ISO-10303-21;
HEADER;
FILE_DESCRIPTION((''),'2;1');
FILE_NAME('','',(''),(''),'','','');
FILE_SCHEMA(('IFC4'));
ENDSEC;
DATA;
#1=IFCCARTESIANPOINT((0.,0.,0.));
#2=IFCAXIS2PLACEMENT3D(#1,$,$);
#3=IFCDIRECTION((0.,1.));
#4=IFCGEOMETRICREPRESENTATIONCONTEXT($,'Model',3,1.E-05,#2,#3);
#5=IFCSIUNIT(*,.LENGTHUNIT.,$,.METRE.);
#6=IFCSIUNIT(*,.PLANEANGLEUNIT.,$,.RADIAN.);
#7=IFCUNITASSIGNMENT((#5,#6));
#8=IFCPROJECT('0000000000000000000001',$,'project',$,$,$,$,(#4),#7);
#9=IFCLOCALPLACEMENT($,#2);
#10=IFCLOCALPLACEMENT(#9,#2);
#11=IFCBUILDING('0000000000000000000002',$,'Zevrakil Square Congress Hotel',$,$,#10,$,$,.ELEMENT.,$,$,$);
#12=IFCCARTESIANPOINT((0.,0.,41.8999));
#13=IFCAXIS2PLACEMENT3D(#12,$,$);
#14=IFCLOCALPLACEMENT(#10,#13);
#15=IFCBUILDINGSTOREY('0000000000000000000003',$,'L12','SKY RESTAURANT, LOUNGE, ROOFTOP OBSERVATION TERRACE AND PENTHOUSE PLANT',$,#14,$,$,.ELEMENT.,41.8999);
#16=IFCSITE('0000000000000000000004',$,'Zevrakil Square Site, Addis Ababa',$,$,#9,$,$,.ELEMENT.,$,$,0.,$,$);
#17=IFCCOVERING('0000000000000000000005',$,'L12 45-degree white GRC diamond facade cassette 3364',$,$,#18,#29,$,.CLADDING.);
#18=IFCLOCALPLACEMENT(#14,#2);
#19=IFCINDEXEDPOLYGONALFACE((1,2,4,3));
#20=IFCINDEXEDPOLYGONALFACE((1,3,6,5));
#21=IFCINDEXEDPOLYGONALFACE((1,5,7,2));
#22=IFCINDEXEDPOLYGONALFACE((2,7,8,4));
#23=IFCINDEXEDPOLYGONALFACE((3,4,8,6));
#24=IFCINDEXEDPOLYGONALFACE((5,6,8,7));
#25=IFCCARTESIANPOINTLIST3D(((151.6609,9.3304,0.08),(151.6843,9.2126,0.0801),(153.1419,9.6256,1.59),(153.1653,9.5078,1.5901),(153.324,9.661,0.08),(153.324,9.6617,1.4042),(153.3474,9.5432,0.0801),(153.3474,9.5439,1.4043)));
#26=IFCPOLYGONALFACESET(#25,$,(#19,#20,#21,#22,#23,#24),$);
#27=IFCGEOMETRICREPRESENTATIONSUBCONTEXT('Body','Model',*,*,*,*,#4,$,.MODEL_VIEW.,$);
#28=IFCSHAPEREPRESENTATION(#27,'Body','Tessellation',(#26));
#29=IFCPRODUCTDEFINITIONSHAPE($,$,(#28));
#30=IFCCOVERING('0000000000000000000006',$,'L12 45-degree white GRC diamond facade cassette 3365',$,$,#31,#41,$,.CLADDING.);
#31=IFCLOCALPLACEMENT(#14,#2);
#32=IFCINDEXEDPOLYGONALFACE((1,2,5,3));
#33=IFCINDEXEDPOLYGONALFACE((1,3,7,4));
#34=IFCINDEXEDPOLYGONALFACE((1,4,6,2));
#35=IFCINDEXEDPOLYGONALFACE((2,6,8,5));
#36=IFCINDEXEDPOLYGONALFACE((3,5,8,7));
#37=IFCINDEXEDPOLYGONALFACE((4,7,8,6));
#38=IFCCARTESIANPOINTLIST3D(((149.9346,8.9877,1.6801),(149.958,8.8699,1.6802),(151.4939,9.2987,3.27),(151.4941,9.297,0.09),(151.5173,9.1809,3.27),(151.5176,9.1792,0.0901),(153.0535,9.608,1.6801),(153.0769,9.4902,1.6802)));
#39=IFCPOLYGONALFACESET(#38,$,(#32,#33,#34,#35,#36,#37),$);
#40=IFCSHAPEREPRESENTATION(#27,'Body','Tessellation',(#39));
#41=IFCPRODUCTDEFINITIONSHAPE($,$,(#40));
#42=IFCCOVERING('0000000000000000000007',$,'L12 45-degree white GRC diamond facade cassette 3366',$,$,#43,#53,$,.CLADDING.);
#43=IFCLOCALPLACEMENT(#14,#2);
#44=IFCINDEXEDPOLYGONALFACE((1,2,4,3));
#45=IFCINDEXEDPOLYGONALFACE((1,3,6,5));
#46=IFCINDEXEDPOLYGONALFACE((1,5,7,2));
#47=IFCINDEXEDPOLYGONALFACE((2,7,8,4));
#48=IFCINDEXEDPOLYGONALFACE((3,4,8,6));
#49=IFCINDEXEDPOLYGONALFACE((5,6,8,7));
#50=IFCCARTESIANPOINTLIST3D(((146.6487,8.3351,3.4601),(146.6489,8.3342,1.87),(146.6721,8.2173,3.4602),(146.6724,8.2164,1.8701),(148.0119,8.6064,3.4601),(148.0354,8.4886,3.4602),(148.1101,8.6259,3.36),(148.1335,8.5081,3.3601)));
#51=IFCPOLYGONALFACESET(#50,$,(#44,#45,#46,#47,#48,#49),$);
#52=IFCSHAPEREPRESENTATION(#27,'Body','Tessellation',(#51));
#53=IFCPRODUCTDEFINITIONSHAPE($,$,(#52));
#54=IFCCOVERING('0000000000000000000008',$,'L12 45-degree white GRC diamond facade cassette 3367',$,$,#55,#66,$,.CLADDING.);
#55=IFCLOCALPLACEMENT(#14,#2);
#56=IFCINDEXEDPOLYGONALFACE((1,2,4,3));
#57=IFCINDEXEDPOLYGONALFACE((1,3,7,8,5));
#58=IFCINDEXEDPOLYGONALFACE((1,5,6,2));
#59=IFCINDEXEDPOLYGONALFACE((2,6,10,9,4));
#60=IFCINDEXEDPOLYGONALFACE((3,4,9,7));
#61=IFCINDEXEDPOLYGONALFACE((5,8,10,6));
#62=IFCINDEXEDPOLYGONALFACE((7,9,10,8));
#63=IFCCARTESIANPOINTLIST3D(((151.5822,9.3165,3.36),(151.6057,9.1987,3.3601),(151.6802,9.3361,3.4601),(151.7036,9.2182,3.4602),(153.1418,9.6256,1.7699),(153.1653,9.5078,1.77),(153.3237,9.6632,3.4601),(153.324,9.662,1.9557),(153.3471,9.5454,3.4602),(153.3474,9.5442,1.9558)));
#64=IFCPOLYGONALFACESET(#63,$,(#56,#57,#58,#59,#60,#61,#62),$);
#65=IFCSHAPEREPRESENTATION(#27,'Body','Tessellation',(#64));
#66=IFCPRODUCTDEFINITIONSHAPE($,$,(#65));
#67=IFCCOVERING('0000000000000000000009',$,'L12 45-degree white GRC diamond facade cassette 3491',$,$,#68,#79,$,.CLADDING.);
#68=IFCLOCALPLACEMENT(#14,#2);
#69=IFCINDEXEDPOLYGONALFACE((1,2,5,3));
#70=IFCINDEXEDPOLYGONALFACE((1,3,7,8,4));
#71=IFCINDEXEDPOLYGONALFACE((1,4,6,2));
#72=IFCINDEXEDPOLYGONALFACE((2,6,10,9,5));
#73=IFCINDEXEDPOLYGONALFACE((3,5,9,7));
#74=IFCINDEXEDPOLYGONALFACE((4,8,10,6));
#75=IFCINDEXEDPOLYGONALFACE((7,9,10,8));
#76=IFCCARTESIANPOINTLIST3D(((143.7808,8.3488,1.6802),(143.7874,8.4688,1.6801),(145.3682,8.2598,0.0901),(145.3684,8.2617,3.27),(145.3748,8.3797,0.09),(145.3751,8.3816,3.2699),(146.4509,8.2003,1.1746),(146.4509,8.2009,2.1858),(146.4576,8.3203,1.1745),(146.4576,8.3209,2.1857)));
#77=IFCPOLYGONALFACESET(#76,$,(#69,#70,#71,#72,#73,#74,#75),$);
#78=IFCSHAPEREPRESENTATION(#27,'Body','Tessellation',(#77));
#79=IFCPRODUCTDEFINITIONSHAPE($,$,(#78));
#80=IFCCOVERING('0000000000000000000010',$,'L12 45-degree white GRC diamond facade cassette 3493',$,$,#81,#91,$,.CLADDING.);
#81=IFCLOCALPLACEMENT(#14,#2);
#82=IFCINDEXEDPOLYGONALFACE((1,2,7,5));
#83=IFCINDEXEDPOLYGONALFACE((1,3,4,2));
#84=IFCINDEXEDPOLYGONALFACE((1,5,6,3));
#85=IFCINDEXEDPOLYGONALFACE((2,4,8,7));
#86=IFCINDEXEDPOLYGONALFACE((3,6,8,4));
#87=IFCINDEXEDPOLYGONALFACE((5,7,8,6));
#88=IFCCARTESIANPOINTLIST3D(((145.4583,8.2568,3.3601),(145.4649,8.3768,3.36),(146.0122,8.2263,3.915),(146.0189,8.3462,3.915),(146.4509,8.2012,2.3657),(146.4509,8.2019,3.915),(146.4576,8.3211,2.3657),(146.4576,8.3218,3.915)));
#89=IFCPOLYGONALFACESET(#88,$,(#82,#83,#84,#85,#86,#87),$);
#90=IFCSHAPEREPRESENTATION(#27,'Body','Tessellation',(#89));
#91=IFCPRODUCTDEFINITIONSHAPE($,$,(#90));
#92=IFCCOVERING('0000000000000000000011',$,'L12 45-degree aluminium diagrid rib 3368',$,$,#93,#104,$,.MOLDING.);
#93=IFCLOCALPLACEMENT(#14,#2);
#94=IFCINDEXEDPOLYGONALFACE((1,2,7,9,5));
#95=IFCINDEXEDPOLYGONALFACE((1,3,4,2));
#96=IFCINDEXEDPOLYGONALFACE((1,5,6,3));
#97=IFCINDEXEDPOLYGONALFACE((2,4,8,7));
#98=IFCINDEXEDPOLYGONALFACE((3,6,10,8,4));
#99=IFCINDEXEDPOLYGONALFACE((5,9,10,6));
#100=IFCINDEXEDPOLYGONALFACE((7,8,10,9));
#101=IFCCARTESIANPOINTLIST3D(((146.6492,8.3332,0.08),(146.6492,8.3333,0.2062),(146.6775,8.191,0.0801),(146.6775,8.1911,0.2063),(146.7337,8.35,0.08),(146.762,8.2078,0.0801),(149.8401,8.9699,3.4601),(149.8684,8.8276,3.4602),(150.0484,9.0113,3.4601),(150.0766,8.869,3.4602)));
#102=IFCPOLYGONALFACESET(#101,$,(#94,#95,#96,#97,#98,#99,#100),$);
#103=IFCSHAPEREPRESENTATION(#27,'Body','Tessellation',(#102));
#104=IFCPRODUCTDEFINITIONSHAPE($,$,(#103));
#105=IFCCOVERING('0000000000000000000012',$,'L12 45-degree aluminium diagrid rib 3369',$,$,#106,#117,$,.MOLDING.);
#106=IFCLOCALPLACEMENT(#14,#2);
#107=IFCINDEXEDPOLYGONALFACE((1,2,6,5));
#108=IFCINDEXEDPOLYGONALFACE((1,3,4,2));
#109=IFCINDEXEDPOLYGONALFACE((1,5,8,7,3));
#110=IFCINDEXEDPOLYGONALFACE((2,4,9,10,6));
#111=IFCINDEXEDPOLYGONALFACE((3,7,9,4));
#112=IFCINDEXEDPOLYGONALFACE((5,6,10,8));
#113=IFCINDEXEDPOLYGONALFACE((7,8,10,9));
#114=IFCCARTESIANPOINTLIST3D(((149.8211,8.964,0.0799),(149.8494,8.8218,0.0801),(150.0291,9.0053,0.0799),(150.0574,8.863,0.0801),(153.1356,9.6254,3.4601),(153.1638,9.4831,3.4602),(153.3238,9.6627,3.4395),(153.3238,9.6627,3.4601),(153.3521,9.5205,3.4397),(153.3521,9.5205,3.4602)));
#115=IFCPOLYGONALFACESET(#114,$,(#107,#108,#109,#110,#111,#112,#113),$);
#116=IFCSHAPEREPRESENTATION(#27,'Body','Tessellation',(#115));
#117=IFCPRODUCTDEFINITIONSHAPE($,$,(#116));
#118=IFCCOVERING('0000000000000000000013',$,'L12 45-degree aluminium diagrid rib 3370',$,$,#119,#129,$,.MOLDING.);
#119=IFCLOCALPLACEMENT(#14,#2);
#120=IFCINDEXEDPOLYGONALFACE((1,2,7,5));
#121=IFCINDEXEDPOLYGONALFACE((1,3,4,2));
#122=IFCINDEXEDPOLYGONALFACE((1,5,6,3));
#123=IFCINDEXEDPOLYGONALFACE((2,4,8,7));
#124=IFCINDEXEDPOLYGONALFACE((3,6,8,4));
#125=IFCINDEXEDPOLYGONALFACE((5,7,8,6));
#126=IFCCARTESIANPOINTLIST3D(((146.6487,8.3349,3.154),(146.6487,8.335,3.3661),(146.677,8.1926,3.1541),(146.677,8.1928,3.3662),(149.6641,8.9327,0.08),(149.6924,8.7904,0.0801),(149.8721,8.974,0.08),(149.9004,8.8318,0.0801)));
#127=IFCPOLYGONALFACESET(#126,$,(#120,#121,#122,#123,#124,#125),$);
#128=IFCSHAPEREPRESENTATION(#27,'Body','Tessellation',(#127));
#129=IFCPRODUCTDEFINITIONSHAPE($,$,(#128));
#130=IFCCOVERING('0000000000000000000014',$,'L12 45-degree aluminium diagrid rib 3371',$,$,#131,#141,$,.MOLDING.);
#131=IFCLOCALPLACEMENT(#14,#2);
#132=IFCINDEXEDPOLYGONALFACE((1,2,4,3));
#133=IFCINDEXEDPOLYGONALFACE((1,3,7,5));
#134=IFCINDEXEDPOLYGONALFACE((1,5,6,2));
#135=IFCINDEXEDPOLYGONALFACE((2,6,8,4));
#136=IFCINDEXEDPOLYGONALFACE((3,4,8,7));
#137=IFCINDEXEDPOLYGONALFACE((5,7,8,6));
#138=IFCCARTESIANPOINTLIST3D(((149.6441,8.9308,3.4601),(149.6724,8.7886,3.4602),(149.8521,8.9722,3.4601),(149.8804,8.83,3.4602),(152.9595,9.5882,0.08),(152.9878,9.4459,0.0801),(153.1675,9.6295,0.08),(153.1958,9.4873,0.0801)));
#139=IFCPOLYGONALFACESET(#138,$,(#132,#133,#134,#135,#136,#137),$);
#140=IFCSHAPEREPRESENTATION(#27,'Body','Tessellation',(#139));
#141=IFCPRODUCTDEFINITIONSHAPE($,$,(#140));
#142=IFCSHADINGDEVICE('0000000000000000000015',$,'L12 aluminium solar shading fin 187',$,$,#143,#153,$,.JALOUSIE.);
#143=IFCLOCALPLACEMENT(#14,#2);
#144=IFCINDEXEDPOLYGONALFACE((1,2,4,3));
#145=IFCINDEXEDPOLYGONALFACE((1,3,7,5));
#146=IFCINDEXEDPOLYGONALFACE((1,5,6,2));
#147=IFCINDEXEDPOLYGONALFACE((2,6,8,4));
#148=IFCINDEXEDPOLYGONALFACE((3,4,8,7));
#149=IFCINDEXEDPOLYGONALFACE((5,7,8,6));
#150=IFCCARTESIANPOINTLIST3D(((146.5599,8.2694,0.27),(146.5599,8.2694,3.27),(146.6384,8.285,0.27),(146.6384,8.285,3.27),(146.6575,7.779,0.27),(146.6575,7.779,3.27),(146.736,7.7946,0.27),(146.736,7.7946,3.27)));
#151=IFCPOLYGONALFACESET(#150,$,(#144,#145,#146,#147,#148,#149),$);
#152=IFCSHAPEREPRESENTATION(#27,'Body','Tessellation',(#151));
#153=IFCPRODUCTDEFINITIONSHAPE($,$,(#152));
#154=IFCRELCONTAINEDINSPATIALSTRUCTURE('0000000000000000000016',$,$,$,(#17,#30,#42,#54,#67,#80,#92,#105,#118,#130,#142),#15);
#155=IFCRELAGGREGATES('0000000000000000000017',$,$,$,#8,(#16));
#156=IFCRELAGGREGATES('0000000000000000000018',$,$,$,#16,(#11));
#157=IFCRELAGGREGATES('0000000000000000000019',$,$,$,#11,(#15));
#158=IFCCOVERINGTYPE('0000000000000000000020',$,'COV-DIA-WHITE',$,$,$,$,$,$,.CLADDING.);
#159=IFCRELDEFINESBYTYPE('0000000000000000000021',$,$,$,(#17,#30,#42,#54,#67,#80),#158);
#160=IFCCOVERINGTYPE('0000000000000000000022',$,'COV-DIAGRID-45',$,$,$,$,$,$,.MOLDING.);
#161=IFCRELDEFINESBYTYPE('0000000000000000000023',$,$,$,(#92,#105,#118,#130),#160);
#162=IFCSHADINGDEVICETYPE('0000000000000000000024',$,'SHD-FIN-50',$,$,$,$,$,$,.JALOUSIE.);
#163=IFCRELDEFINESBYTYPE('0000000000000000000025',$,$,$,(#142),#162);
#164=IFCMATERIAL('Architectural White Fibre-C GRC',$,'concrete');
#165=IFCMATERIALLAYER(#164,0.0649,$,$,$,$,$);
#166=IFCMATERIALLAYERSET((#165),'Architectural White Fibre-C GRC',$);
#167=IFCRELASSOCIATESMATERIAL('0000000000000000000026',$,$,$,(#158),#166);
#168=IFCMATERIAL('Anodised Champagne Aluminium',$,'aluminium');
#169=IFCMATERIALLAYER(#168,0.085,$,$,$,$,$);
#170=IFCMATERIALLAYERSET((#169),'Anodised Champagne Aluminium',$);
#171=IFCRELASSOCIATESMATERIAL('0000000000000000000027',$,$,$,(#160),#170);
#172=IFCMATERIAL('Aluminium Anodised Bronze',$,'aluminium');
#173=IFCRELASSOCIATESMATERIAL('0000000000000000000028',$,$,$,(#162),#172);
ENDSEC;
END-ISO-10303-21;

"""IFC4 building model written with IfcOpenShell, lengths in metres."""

from ifc_helpers import new_model, si_unit, direction, frame, origin, origin_2d, place, context, subcontext, project, spatial, polyline, rectangle, outline, extrude, material, layer, layer_set, type_object, element, save


model = new_model("IFC4")

# Units and contexts
model_context = context("Model", 3, precision=1e-05, world=origin(), true_north=direction((0.0, 1.0)))
body_context = subcontext(model_context, "Body", "Model", "MODEL_VIEW")
ifc_project = project(units=[si_unit("LENGTHUNIT", "METRE"), si_unit("PLANEANGLEUNIT", "RADIAN")], contexts=[model_context])

# Site, building, storey
site_placement = place(None, origin())
site = spatial("IfcSite", under=ifc_project, at=site_placement, Name="Zevrakil Square Site, Addis Ababa", CompositionType="ELEMENT", RefElevation=0.0)
building_placement = place(site_placement, origin())
building = spatial("IfcBuilding", under=site, at=building_placement, Name="Zevrakil Square Congress Hotel", CompositionType="ELEMENT")
storey_placement = place(building_placement, frame((0.0, 0.0, 41.8999)))
storey = spatial("IfcBuildingStorey", under=building, at=storey_placement, Name="L12", Description="SKY RESTAURANT, LOUNGE, ROOFTOP OBSERVATION TERRACE AND PENTHOUSE PLANT", CompositionType="ELEMENT", Elevation=41.8999)

# Coverings
ifc_material_1 = material(Name="Architectural White Fibre-C GRC", Category="concrete")
ifc_layer_1 = layer(ifc_material_1, 0.0649)
ifc_layer_set_1 = layer_set([ifc_layer_1], Name="Architectural White Fibre-C GRC")
covering_type_1 = type_object("IfcCoveringType", Name="COV-DIA-WHITE", PredefinedType="CLADDING", material=ifc_layer_set_1)
covering_1_placement = place(storey_placement, frame((153.1653, 9.5078, 1.5901), z_axis=(0.194969, -0.980809, 0.000522), x_axis=(0.69331, 0.137442, -0.707412)))
element("IfcCovering", 1, at=covering_1_placement, inside=storey, type_object=covering_type_1, Name="L12 45-degree white GRC diamond facade cassette 3364", PredefinedType="CLADDING", context=body_context, shape_type="SweptSolid", body=[
    extrude(outline(polyline([(0.0, 0.0), (0.2626, 0.0), (1.1993, -0.936), (0.0008, -2.1356), (0.0, 0.0)])), origin(), (0.0, 0.0, -1.0), 0.1201),
])
covering_2_placement = place(storey_placement, frame((151.5173, 9.1809, 3.27), z_axis=(0.195083, -0.980787, 0.000542), x_axis=(0.693619, 0.137573, -0.707083)))
element("IfcCovering", 2, at=covering_2_placement, inside=storey, type_object=covering_type_1, Name="L12 45-degree white GRC diamond facade cassette 3365", PredefinedType="CLADDING", context=body_context, shape_type="SweptSolid", body=[
    extrude(outline(polyline([(0.0, 0.0), (2.2485, 0.0), (2.2484, -2.2487), (-0.0002, -2.2485), (0.0, 0.0)])), origin(), (0.0, 0.0, -1.0), 0.1201),
])
covering_3_placement = place(storey_placement, frame((148.1335, 8.5081, 3.3601), z_axis=(0.195178, -0.980768, 0.000595), x_axis=(-0.693433, -0.138426, -0.707099)))
element("IfcCovering", 3, at=covering_3_placement, inside=storey, type_object=covering_type_1, Name="L12 45-degree white GRC diamond facade cassette 3366", PredefinedType="CLADDING", context=body_context, shape_type="SweptSolid", body=[
    extrude(outline(polyline([(0.0, 0.0), (2.1072, 0.0), (0.9829, -1.1244), (0.0, -0.1415), (0.0, 0.0)])), origin(), (0.0, 0.0, -1.0), 0.1201),
])
covering_4_placement = place(storey_placement, frame((153.1653, 9.5078, 1.77), z_axis=(0.1952, -0.980763, 0.000781), x_axis=(-0.693582, -0.13748, 0.707137)))
element("IfcCovering", 4, at=covering_4_placement, inside=storey, type_object=covering_type_1, Name="L12 45-degree white GRC diamond facade cassette 3367", PredefinedType="CLADDING", context=body_context, shape_type="SweptSolid", body=[
    extrude(outline(polyline([(0.0, 0.0), (2.2486, 0.0), (2.2488, -0.1414), (1.0639, -1.3264), (0.0001, -0.2627), (0.0, 0.0)])), origin(), (0.0, 0.0, -1.0), 0.1201),
])
covering_5_placement = place(storey_placement, frame((145.3682, 8.2598, 0.0901), z_axis=(-0.055411, -0.998463, 0.000602), x_axis=(-0.705955, 0.039605, 0.707148)))
element("IfcCovering", 5, at=covering_5_placement, inside=storey, type_object=covering_type_1, Name="L12 45-degree white GRC diamond facade cassette 3491", PredefinedType="CLADDING", context=body_context, shape_type="SweptSolid", body=[
    extrude(outline(polyline([(0.0, 0.0), (2.2486, 0.0), (2.2486, -2.2485), (0.7153, -2.2486), (0.0002, -1.5336), (0.0, 0.0)])), origin(), (0.0, 0.0, -1.0), 0.1201),
])
covering_6_placement = place(storey_placement, frame((145.4583, 8.2568, 3.3601), z_axis=(-0.055522, -0.998457, 0.000484), x_axis=(0.705948, -0.038914, 0.707194)))
element("IfcCovering", 6, at=covering_6_placement, inside=storey, type_object=covering_type_1, Name="L12 45-degree white GRC diamond facade cassette 3493", PredefinedType="CLADDING", context=body_context, shape_type="SweptSolid", body=[
    extrude(outline(polyline([(0.0, 0.0), (0.7847, 0.0), (1.0954, -0.3107), (-0.0003, -1.4062), (0.0, 0.0)])), origin(), (0.0, 0.0, -1.0), 0.1201),
])
ifc_material_2 = material(Name="Anodised Champagne Aluminium", Category="aluminium")
ifc_layer_2 = layer(ifc_material_2, 0.085)
ifc_layer_set_2 = layer_set([ifc_layer_2], Name="Anodised Champagne Aluminium")
covering_type_2 = type_object("IfcCoveringType", Name="COV-DIAGRID-45", PredefinedType="MOLDING", material=ifc_layer_set_2)
covering_7_placement = place(storey_placement, frame((146.762, 8.2078, 0.0801), z_axis=(0.194984, -0.980806, 0.00067), x_axis=(-0.980806, -0.194985, 0.0)))
element("IfcCovering", 7, at=covering_7_placement, inside=storey, type_object=covering_type_2, Name="L12 45-degree aluminium diagrid rib 3368", PredefinedType="MOLDING", context=body_context, shape_type="SweptSolid", body=[
    extrude(outline(polyline([(0.0, 0.0), (0.0861, 0.0), (0.0861, -0.1262), (-3.1677, -3.3801), (-3.38, -3.3801), (0.0, 0.0)])), origin(), (0.0, 0.0, -1.0), 0.145),
])
covering_8_placement = place(storey_placement, frame((150.0574, 8.863, 0.0801), z_axis=(0.194657, -0.980871, 0.001051), x_axis=(-0.980871, -0.194657, 0.0)))
element("IfcCovering", 8, at=covering_8_placement, inside=storey, type_object=covering_type_2, Name="L12 45-degree aluminium diagrid rib 3369", PredefinedType="MOLDING", context=body_context, shape_type="SweptSolid", body=[
    extrude(outline(polyline([(0.0, 0.0), (0.2121, 0.0), (-3.1677, -3.3801), (-3.3596, -3.3801), (-3.3596, -3.3596), (0.0, 0.0)])), origin(), (0.0, 0.0, -1.0), 0.145),
])
covering_9_placement = place(storey_placement, frame((146.677, 8.1926, 3.1541), z_axis=(0.195068, -0.98079, 0.000617), x_axis=(0.0001, 0.000649, 1.0)))
element("IfcCovering", 9, at=covering_9_placement, inside=storey, type_object=covering_type_2, Name="L12 45-degree aluminium diagrid rib 3370", PredefinedType="MOLDING", context=body_context, shape_type="SweptSolid", body=[
    extrude(outline(polyline([(0.0, 0.0), (0.2122, 0.0), (-3.0732, -3.2868), (-3.0733, -3.0748), (0.0, 0.0)])), origin(), (0.0, 0.0, -1.0), 0.145),
])
covering_10_placement = place(storey_placement, frame((149.6724, 8.7886, 3.4602), z_axis=(0.19512, -0.980779, 0.000649), x_axis=(0.980779, 0.19512, 0.0)))
element("IfcCovering", 10, at=covering_10_placement, inside=storey, type_object=covering_type_2, Name="L12 45-degree aluminium diagrid rib 3371", PredefinedType="MOLDING", context=body_context, shape_type="SweptSolid", body=[
    extrude(outline(polyline([(0.0, 0.0), (0.2121, 0.0), (3.592, -3.3801), (3.38, -3.3801), (0.0, 0.0)])), origin(), (0.0, 0.0, -1.0), 0.145),
])

# Shading device
ifc_material_3 = material(Name="Aluminium Anodised Bronze", Category="aluminium")
shading_device_type = type_object("IfcShadingDeviceType", Name="SHD-FIN-50", PredefinedType="JALOUSIE", material=ifc_material_3)
shading_device_placement = place(storey_placement, frame((146.6479, 8.032, 0.27), z_axis=(0.0, 0.0, 1.0), x_axis=(0.19509, -0.980785, 0.0)))
element("IfcShadingDevice", 11, at=shading_device_placement, inside=storey, type_object=shading_device_type, Name="L12 aluminium solar shading fin 187", PredefinedType="JALOUSIE", context=body_context, shape_type="SweptSolid", body=[
    extrude(rectangle(XDim=0.5, YDim=0.0801, at=origin_2d()), origin(), (0.0, 0.0, 1.0), 3.0),
])

save(model, "model.ifc")
